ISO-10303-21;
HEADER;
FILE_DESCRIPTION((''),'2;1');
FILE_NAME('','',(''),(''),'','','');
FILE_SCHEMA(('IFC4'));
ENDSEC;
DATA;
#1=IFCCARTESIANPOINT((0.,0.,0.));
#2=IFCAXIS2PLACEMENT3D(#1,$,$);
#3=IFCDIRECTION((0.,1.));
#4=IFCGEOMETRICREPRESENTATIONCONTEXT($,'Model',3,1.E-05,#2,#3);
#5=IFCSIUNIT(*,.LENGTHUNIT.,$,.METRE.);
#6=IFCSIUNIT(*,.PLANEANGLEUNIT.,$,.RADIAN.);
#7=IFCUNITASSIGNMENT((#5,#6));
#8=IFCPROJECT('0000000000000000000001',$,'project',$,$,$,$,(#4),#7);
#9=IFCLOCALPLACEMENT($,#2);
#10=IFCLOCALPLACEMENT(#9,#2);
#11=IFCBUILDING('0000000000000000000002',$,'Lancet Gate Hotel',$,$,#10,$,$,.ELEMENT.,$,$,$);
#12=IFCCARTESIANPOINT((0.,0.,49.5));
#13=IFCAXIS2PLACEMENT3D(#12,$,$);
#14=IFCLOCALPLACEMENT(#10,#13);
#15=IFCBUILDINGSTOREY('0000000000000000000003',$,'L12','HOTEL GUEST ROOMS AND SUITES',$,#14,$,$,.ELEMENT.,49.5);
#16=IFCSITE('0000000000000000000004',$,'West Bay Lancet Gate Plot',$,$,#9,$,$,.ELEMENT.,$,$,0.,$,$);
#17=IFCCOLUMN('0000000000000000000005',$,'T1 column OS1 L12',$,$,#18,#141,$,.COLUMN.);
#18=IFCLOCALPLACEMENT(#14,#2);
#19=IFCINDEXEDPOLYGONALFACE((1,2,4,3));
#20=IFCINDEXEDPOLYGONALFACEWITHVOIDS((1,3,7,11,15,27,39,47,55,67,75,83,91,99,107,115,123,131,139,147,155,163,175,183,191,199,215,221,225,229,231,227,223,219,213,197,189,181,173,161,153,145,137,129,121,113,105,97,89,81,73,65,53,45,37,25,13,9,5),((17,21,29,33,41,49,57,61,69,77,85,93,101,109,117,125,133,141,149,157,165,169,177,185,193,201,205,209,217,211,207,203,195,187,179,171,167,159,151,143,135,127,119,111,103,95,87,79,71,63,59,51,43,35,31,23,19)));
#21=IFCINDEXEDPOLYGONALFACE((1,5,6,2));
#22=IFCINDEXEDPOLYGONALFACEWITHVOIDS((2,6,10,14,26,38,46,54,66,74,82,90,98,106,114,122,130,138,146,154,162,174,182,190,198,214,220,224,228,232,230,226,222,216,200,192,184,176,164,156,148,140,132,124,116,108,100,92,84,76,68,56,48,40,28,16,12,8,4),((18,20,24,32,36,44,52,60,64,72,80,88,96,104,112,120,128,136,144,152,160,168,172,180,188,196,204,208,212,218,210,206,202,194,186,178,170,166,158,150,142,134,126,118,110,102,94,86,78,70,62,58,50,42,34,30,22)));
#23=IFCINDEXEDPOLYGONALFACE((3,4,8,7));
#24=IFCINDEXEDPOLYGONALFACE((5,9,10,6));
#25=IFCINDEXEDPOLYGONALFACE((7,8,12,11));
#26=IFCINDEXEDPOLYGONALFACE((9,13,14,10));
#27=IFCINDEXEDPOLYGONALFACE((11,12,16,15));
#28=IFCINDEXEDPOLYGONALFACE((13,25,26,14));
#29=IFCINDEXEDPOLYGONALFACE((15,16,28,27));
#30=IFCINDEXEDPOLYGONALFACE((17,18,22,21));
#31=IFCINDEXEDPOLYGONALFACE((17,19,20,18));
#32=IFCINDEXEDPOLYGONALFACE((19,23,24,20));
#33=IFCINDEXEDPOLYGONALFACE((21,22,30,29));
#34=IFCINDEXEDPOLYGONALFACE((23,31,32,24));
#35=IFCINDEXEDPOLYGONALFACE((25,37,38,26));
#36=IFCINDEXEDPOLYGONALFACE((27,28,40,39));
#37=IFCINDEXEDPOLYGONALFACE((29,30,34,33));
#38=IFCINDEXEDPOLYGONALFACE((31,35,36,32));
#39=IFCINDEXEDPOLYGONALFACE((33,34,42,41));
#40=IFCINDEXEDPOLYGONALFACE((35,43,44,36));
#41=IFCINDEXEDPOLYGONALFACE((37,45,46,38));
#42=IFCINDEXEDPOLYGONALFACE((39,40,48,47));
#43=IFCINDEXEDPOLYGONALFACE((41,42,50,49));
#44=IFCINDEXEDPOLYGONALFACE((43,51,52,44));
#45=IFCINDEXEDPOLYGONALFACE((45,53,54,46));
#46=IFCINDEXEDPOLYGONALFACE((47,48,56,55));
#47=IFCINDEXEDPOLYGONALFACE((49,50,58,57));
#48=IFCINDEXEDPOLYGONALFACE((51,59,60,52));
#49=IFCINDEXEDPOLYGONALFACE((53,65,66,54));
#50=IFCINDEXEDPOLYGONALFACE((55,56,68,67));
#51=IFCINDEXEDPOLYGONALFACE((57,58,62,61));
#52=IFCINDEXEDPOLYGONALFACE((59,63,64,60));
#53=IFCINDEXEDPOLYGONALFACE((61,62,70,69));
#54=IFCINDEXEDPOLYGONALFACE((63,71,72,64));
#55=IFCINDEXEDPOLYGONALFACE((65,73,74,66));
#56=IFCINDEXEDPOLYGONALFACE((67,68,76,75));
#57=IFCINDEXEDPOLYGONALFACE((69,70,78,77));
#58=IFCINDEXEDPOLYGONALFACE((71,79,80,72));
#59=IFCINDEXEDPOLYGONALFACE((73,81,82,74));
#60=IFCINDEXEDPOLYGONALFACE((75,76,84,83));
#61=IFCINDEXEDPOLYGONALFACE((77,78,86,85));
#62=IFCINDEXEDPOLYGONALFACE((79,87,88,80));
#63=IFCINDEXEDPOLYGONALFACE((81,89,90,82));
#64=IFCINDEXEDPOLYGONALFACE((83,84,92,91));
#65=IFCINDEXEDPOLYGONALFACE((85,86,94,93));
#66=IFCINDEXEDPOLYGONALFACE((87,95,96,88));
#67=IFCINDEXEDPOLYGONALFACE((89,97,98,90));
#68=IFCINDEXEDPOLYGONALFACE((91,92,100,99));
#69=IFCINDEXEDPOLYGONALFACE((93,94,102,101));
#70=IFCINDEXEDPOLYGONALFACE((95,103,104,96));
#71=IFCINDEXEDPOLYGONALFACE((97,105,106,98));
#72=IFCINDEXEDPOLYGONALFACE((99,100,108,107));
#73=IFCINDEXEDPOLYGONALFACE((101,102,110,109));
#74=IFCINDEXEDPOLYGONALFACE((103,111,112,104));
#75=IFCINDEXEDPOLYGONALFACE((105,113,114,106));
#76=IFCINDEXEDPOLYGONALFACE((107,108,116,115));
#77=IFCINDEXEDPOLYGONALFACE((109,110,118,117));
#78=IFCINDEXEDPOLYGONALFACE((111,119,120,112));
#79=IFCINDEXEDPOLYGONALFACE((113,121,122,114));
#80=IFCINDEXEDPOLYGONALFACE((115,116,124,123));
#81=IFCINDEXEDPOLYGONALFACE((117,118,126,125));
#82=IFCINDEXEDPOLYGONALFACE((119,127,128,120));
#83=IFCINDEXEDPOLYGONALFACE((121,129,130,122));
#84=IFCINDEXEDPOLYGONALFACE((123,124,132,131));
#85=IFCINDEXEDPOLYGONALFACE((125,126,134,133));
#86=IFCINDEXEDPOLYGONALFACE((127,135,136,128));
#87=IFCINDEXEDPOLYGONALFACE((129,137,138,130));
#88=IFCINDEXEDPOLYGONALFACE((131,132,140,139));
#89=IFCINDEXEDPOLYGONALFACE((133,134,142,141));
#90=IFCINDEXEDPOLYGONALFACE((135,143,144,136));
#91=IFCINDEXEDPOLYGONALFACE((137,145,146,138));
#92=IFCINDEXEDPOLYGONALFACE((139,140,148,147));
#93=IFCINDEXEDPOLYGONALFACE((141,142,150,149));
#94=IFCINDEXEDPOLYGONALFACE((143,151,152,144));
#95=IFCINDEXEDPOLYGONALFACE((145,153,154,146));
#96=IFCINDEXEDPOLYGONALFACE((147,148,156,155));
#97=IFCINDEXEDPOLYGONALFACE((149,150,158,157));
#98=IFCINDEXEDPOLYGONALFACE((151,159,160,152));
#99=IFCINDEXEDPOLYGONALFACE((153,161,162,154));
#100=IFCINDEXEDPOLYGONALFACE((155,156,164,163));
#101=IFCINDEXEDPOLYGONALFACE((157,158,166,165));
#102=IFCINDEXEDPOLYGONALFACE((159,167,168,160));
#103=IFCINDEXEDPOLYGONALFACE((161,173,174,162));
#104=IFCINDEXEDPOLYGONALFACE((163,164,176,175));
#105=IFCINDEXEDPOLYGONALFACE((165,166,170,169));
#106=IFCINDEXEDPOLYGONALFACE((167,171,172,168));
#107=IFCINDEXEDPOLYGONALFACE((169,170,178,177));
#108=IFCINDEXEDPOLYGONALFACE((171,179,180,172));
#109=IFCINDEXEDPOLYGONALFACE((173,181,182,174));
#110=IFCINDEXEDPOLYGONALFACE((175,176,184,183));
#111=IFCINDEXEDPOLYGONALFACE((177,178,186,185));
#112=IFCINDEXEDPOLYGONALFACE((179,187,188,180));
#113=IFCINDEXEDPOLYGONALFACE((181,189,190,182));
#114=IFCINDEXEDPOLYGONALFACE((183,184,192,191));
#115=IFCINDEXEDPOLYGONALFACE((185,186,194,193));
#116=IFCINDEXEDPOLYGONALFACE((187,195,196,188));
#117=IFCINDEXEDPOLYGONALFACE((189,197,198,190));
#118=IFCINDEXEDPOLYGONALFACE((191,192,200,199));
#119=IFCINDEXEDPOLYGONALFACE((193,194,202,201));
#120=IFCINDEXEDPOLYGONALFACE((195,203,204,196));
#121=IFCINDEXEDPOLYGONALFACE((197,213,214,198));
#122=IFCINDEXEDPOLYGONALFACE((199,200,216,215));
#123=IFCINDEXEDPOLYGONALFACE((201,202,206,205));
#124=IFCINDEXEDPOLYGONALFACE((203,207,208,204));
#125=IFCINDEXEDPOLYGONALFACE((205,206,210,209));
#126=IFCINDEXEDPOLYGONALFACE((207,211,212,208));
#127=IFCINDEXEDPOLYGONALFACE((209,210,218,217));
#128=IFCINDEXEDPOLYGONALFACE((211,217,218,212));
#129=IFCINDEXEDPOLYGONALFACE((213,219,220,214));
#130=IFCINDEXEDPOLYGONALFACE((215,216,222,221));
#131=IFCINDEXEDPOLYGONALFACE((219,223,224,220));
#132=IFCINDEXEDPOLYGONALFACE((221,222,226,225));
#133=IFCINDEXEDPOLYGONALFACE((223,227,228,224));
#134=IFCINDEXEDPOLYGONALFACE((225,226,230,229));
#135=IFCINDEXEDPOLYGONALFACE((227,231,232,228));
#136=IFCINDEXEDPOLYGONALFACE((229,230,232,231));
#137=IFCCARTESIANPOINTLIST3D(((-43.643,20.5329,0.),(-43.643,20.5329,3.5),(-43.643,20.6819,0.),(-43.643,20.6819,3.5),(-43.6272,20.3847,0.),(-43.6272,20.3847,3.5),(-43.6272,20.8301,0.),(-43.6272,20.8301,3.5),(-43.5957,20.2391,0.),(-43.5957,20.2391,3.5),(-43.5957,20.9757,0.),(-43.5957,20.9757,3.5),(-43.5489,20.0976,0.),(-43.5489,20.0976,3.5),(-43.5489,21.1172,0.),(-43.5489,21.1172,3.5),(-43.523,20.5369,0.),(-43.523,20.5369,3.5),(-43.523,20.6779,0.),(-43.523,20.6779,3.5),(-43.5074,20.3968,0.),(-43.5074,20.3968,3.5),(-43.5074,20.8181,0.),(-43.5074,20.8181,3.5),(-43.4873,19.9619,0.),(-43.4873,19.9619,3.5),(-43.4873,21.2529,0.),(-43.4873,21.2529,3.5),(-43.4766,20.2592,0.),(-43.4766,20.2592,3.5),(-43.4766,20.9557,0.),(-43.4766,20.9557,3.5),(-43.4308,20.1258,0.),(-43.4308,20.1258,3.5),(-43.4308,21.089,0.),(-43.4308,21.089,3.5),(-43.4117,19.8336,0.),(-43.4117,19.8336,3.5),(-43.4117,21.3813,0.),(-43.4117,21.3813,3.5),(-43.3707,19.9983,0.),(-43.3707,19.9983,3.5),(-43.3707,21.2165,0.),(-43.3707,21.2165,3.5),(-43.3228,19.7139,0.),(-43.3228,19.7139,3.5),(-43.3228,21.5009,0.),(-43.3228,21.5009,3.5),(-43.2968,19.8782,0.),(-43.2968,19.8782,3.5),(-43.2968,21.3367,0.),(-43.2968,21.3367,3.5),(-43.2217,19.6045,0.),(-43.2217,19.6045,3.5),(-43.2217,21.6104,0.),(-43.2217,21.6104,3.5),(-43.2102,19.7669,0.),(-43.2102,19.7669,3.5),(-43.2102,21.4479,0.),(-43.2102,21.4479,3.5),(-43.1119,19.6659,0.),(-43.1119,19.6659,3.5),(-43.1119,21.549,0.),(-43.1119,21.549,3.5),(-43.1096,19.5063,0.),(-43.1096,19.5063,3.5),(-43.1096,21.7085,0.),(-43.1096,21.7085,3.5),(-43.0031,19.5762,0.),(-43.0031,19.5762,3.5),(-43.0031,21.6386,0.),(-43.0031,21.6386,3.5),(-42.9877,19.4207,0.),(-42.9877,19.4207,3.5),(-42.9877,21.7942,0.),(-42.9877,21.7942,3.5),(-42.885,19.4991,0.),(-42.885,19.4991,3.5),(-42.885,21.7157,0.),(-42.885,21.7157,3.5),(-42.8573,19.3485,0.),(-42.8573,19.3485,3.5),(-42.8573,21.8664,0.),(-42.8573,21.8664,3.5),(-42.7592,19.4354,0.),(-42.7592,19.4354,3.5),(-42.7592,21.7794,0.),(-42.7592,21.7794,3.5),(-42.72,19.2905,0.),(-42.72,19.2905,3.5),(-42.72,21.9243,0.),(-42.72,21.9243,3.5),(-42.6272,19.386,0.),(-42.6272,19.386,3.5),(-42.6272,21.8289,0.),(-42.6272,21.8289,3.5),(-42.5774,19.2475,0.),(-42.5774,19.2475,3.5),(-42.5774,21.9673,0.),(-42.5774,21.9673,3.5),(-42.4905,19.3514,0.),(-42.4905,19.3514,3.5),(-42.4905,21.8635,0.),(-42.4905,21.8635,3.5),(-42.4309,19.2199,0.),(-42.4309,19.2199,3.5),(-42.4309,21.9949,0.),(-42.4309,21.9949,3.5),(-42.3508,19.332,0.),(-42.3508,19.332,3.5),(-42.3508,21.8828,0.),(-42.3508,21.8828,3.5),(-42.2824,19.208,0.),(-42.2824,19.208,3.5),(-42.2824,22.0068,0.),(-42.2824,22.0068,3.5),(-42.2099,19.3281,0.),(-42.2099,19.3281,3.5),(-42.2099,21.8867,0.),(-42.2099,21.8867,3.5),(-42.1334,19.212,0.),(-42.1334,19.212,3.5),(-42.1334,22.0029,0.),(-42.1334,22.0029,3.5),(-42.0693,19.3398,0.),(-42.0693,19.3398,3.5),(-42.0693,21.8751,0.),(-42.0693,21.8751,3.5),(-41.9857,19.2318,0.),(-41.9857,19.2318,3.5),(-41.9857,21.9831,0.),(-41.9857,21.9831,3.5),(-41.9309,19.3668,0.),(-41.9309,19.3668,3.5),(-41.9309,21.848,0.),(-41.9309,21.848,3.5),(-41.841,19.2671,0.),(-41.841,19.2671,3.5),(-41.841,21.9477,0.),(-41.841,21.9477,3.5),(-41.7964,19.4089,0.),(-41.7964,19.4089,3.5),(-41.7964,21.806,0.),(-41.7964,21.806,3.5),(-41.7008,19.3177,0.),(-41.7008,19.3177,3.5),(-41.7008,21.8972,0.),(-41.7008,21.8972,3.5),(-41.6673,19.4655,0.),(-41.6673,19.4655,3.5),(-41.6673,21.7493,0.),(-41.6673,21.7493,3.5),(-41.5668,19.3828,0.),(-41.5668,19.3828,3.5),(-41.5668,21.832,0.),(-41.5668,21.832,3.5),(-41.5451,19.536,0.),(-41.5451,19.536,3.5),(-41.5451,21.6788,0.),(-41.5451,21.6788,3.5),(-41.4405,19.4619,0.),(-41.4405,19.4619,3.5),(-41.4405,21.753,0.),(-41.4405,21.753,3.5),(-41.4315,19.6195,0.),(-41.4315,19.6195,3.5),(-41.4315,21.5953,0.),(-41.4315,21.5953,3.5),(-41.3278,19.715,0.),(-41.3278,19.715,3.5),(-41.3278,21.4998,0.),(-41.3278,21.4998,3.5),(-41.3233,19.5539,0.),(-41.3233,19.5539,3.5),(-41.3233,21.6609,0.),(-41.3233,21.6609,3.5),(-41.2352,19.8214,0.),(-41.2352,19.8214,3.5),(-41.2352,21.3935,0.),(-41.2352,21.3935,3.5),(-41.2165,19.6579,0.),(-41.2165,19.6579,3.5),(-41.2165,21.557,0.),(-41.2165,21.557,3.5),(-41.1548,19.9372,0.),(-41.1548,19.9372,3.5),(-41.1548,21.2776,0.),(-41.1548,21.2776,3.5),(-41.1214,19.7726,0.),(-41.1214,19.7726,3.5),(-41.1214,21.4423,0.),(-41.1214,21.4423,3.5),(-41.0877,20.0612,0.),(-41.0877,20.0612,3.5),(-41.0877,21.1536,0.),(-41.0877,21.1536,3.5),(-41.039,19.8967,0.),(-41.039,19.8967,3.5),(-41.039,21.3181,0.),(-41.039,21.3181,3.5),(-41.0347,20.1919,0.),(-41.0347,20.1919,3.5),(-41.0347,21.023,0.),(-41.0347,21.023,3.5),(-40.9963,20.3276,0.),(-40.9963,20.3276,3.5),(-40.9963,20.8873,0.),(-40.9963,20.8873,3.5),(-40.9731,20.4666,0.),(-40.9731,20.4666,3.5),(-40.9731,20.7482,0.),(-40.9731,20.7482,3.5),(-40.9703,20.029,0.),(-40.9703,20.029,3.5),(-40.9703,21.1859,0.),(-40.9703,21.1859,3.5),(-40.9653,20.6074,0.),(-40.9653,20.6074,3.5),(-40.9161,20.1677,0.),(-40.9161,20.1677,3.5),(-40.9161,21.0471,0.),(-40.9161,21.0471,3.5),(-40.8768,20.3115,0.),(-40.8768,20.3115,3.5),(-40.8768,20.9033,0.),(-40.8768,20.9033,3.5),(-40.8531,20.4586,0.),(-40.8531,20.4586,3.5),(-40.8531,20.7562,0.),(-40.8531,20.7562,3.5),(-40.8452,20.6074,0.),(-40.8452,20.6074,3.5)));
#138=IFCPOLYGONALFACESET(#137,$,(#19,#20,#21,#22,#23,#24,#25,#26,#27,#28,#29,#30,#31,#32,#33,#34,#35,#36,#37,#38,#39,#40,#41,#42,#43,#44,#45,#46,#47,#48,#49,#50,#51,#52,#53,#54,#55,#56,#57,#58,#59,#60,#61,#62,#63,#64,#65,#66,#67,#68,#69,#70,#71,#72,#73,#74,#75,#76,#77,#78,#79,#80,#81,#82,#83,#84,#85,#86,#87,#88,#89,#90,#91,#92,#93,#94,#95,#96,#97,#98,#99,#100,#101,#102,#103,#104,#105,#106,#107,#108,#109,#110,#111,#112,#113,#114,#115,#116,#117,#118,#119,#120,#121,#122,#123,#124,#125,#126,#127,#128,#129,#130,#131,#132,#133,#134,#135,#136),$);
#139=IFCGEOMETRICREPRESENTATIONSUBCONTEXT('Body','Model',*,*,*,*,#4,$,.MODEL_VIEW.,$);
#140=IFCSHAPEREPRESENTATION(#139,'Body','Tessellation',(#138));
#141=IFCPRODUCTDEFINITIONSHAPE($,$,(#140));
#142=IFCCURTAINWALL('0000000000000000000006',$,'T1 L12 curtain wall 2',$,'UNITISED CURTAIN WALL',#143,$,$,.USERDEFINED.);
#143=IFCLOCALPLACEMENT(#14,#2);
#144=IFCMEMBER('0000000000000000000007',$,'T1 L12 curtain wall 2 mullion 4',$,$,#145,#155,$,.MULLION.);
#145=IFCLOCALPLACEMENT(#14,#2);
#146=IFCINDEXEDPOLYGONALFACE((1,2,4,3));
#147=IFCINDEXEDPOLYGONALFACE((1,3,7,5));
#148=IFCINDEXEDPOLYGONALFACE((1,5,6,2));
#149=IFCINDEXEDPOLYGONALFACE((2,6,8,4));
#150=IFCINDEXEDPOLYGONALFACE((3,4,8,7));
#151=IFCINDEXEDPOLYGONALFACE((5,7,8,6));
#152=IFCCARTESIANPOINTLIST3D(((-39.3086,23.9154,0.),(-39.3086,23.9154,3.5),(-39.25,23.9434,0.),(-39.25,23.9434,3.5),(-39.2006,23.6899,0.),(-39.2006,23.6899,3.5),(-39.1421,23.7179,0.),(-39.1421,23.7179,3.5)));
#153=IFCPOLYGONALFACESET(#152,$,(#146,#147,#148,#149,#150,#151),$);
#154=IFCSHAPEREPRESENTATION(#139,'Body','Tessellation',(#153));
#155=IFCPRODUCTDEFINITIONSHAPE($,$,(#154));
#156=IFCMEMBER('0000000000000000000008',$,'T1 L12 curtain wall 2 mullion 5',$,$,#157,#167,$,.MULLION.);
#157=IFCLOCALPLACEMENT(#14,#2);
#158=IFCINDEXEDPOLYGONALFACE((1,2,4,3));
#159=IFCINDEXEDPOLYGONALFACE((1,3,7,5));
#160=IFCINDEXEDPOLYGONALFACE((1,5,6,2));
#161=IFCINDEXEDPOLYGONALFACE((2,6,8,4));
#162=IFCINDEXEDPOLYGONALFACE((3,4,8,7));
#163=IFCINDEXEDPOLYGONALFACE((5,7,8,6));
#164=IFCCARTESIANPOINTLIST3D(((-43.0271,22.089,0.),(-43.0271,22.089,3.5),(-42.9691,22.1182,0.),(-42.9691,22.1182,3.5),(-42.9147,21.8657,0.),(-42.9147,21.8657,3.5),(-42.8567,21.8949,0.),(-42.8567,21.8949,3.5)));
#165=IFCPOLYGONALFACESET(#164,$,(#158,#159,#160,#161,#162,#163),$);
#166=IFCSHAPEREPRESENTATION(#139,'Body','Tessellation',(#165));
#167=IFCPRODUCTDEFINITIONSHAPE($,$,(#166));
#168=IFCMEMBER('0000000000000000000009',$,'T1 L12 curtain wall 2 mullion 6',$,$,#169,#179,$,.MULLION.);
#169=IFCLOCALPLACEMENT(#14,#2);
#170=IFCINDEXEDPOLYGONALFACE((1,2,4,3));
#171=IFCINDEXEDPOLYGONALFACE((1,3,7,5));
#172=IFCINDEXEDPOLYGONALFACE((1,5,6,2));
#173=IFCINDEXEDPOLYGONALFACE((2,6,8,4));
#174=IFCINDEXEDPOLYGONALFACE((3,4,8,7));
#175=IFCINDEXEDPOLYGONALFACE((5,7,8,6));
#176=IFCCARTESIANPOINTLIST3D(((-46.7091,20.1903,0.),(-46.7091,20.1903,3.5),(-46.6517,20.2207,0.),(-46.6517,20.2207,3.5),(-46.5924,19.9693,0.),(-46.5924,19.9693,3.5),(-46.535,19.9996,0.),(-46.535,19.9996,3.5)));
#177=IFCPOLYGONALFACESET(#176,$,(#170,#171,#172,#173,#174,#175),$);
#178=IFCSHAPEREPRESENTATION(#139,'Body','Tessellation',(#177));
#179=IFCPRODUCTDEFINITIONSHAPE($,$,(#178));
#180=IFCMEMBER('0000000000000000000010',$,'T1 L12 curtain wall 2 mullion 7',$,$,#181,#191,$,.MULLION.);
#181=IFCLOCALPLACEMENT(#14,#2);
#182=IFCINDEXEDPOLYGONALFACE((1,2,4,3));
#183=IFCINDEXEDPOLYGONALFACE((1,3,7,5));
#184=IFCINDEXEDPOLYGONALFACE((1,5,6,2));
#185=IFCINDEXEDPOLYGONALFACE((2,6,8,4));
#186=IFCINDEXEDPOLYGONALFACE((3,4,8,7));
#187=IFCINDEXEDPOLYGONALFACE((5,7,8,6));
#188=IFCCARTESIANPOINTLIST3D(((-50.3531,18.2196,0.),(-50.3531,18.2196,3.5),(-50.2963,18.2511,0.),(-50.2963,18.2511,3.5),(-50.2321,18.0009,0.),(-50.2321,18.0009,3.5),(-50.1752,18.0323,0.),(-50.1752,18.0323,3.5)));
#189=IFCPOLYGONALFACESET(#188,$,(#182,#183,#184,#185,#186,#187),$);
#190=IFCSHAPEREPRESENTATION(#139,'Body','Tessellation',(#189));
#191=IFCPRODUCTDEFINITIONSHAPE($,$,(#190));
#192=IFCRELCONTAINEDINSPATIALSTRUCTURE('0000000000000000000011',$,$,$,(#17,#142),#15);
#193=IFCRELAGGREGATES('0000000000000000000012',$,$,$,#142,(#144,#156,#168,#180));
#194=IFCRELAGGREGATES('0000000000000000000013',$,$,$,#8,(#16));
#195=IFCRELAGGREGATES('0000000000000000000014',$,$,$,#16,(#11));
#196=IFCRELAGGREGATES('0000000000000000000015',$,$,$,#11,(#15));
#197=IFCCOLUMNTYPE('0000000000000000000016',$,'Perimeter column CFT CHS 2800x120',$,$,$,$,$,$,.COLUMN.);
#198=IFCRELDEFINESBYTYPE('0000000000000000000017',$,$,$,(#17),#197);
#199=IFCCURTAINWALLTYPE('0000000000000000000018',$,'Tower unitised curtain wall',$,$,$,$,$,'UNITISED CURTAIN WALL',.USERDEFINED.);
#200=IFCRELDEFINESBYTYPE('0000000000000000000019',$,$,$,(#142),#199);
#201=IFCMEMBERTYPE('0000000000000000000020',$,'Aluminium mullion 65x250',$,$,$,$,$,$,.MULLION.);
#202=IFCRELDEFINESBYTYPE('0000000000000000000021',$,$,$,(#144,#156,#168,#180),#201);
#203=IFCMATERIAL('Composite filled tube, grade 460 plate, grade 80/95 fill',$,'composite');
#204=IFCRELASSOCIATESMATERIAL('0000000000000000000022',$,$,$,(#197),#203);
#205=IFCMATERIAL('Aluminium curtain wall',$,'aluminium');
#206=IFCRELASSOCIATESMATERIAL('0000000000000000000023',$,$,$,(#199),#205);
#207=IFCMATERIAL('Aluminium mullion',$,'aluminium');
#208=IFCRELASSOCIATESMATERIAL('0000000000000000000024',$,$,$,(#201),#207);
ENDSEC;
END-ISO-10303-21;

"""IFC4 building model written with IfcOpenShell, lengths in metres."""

from ifc_helpers import new_model, si_unit, direction, frame, origin, origin_2d, place, context, subcontext, project, spatial, rectangle, hollow_circle, extrude, material, material_profile, profile_set, type_object, element, aggregate, save


model = new_model("IFC4")

# Units and contexts
model_context = context("Model", 3, precision=1e-05, world=origin(), true_north=direction((0.0, 1.0)))
body_context = subcontext(model_context, "Body", "Model", "MODEL_VIEW")
ifc_project = project(units=[si_unit("LENGTHUNIT", "METRE"), si_unit("PLANEANGLEUNIT", "RADIAN")], contexts=[model_context])

# Site, building, storey
site_placement = place(None, origin())
site = spatial("IfcSite", under=ifc_project, at=site_placement, Name="West Bay Lancet Gate Plot", CompositionType="ELEMENT", RefElevation=0.0)
building_placement = place(site_placement, origin())
building = spatial("IfcBuilding", under=site, at=building_placement, Name="Lancet Gate Hotel", CompositionType="ELEMENT")
storey_placement = place(building_placement, frame((0.0, 0.0, 49.5)))
storey = spatial("IfcBuildingStorey", under=building, at=storey_placement, Name="L12", Description="HOTEL GUEST ROOMS AND SUITES", CompositionType="ELEMENT", Elevation=49.5)

# Column
ifc_material_1 = material(Name="Composite filled tube, grade 460 plate, grade 80/95 fill", Category="composite")
ifc_material_profile_1 = material_profile(ifc_material_1, hollow_circle(Radius=1.3999, WallThickness=0.1201, at=origin_2d()), Name="CHS 2800x120")
ifc_profile_set_1 = profile_set([ifc_material_profile_1], Name="Composite filled tube, grade 460 plate, grade 80/95 fill")
column_type = type_object("IfcColumnType", Name="Perimeter column CFT CHS 2800x120", PredefinedType="COLUMN", material=ifc_profile_set_1)
column_placement = place(storey_placement, frame((-42.2451, 20.6074, 0.0), z_axis=(0.0, 0.0, 1.0), x_axis=(1.0, 0.0, 0.0)))
element("IfcColumn", 1, at=column_placement, inside=storey, type_object=column_type, Name="T1 column OS1 L12", PredefinedType="COLUMN", context=body_context, shape_type="SweptSolid", body=[
    extrude(hollow_circle(Radius=1.3999, WallThickness=0.1201, at=origin_2d()), origin(), (0.0, 0.0, 1.0), 3.5),
])

# Curtain wall, members
ifc_material_2 = material(Name="Aluminium curtain wall", Category="aluminium")
curtain_wall_type = type_object("IfcCurtainWallType", Name="Tower unitised curtain wall", ElementType="UNITISED CURTAIN WALL", PredefinedType="USERDEFINED", material=ifc_material_2)
curtain_wall_placement = place(storey_placement, origin())
curtain_wall = element("IfcCurtainWall", 2, at=curtain_wall_placement, inside=storey, type_object=curtain_wall_type, Name="T1 L12 curtain wall 2", ObjectType="UNITISED CURTAIN WALL", PredefinedType="USERDEFINED")
ifc_material_3 = material(Name="Aluminium mullion", Category="aluminium")
ifc_material_profile_2 = material_profile(ifc_material_3, rectangle(XDim=0.0649, YDim=0.25, at=origin_2d()), Name="MULLION 65x250")
ifc_profile_set_2 = profile_set([ifc_material_profile_2], Name="Aluminium mullion")
member_type_1 = type_object("IfcMemberType", Name="Aluminium mullion 65x250", PredefinedType="MULLION", material=ifc_profile_set_2)
member_1_placement = place(storey_placement, frame((-39.2253, 23.8167, 0.0), z_axis=(0.0, 0.0, 1.0), x_axis=(-0.901929, -0.431885, 0.0)))
member_1 = element("IfcMember", 3, at=member_1_placement, type_object=member_type_1, Name="T1 L12 curtain wall 2 mullion 4", PredefinedType="MULLION", context=body_context, shape_type="SweptSolid", body=[
    extrude(rectangle(XDim=0.0649, YDim=0.25, at=origin_2d()), origin(), (0.0, 0.0, 1.0), 3.5),
])
member_2_placement = place(storey_placement, frame((-42.9419, 21.9919, 0.0), z_axis=(0.0, 0.0, 1.0), x_axis=(-0.893292, -0.449478, 0.0)))
member_2 = element("IfcMember", 4, at=member_2_placement, type_object=member_type_1, Name="T1 L12 curtain wall 2 mullion 5", PredefinedType="MULLION", context=body_context, shape_type="SweptSolid", body=[
    extrude(rectangle(XDim=0.0649, YDim=0.25, at=origin_2d()), origin(), (0.0, 0.0, 1.0), 3.5),
])
member_3_placement = place(storey_placement, frame((-46.6221, 20.095, 0.0), z_axis=(0.0, 0.0, 1.0), x_axis=(-0.884311, -0.466898, 0.0)))
member_3 = element("IfcMember", 5, at=member_3_placement, type_object=member_type_1, Name="T1 L12 curtain wall 2 mullion 6", PredefinedType="MULLION", context=body_context, shape_type="SweptSolid", body=[
    extrude(rectangle(XDim=0.0649, YDim=0.25, at=origin_2d()), origin(), (0.0, 0.0, 1.0), 3.5),
])
member_4_placement = place(storey_placement, frame((-50.2642, 18.126, 0.0), z_axis=(0.0, 0.0, 1.0), x_axis=(-0.874991, -0.484139, 0.0)))
member_4 = element("IfcMember", 6, at=member_4_placement, type_object=member_type_1, Name="T1 L12 curtain wall 2 mullion 7", PredefinedType="MULLION", context=body_context, shape_type="SweptSolid", body=[
    extrude(rectangle(XDim=0.0649, YDim=0.25, at=origin_2d()), origin(), (0.0, 0.0, 1.0), 3.5),
])

aggregate(curtain_wall, [member_1, member_2, member_3, member_4])

save(model, "model.ifc")
